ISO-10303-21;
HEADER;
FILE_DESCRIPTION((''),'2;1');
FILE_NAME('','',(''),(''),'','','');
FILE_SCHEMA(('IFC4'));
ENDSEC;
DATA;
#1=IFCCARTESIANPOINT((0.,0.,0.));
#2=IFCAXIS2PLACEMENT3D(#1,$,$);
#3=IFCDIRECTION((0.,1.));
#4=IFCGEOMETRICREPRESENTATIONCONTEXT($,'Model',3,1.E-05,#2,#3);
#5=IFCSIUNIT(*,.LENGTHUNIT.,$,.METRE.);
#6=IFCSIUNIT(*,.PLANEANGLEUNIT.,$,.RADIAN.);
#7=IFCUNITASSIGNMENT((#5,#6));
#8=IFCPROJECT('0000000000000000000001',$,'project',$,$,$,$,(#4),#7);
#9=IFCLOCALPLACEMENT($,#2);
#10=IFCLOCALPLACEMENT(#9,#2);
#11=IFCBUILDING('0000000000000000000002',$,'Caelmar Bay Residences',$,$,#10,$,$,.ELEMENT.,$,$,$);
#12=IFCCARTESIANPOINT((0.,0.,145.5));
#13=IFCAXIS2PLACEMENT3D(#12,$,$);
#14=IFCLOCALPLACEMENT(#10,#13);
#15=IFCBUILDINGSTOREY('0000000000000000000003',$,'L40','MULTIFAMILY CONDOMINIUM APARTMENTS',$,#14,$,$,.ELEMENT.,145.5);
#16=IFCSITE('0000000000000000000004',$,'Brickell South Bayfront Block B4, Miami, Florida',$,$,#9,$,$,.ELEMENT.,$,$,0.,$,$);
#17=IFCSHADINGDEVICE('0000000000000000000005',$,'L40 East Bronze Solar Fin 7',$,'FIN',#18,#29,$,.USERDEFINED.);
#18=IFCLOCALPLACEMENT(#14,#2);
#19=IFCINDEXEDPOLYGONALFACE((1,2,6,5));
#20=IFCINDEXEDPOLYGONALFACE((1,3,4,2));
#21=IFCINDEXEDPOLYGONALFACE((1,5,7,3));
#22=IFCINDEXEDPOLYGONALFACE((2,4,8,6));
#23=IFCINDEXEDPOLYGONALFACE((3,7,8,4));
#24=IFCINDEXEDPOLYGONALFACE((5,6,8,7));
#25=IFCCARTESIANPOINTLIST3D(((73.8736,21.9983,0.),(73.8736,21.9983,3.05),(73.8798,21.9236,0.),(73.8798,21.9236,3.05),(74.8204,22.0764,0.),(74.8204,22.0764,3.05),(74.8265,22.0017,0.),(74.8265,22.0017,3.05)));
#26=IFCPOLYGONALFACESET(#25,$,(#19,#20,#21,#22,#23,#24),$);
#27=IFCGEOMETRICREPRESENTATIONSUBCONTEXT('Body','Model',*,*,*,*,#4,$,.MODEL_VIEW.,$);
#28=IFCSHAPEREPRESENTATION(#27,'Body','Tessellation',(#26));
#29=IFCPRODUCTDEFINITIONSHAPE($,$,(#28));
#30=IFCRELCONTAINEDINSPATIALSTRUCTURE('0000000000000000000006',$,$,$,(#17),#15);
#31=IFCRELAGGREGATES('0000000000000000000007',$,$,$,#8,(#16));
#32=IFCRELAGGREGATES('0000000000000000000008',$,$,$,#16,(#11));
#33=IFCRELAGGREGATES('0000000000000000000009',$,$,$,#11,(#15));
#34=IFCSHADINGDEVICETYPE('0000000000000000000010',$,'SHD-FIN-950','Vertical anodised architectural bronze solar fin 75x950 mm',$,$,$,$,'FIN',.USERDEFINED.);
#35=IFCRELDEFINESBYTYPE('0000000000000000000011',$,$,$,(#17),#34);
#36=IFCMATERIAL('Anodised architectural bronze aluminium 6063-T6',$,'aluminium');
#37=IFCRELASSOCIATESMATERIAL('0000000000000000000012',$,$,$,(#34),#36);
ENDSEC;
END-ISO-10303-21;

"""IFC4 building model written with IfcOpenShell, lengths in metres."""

from ifc_helpers import new_model, si_unit, direction, frame, origin, origin_2d, place, context, subcontext, project, spatial, rectangle, extrude, material, material_profile, profile_set, type_object, element, save


model = new_model("IFC4")

# Units and contexts
model_context = context("Model", 3, precision=1e-05, world=origin(), true_north=direction((0.0, 1.0)))
body_context = subcontext(model_context, "Body", "Model", "MODEL_VIEW")
ifc_project = project(units=[si_unit("LENGTHUNIT", "METRE"), si_unit("PLANEANGLEUNIT", "RADIAN")], contexts=[model_context])

# Site, building, storey
site_placement = place(None, origin())
site = spatial("IfcSite", under=ifc_project, at=site_placement, Name="Brickell South Bayfront Block B4, Miami, Florida", CompositionType="ELEMENT", RefElevation=0.0)
building_placement = place(site_placement, origin())
building = spatial("IfcBuilding", under=site, at=building_placement, Name="Caelmar Bay Residences", CompositionType="ELEMENT")
storey_placement = place(building_placement, frame((0.0, 0.0, 145.5)))
storey = spatial("IfcBuildingStorey", under=building, at=storey_placement, Name="L40", Description="MULTIFAMILY CONDOMINIUM APARTMENTS", CompositionType="ELEMENT", Elevation=145.5)

# Shading device
ifc_material_1 = material(Name="Anodised architectural bronze aluminium 6063-T6", Category="aluminium")
ifc_material_profile_1 = material_profile(ifc_material_1, rectangle(XDim=0.075, YDim=0.95, at=origin_2d()), Name="BRONZE-FIN-75X950")
ifc_profile_set_1 = profile_set([ifc_material_profile_1], Name="Anodised architectural bronze aluminium 6063-T6")
shading_device_type = type_object("IfcShadingDeviceType", Name="SHD-FIN-950", Description="Vertical anodised architectural bronze solar fin 75x950 mm", ElementType="FIN", PredefinedType="USERDEFINED", material=ifc_profile_set_1)
for number, where, z_axis, x_axis, name in (
    (1, (74.3501, 22.0, 0.0), (0.0, 0.0, 1.0), (-0.082112, 0.996623, 0.0), "L40 East Bronze Solar Fin 7"),
):
    element("IfcShadingDevice", number, at=place(storey_placement, frame(where, z_axis=z_axis, x_axis=x_axis)), inside=storey, type_object=shading_device_type, Name=name, ObjectType="FIN", PredefinedType="USERDEFINED", context=body_context, shape_type="SweptSolid", body=[
        extrude(rectangle(XDim=0.075, YDim=0.95, at=origin_2d()), origin(), (0.0, 0.0, 1.0), 3.05),
    ])

save(model, "model.ifc")
